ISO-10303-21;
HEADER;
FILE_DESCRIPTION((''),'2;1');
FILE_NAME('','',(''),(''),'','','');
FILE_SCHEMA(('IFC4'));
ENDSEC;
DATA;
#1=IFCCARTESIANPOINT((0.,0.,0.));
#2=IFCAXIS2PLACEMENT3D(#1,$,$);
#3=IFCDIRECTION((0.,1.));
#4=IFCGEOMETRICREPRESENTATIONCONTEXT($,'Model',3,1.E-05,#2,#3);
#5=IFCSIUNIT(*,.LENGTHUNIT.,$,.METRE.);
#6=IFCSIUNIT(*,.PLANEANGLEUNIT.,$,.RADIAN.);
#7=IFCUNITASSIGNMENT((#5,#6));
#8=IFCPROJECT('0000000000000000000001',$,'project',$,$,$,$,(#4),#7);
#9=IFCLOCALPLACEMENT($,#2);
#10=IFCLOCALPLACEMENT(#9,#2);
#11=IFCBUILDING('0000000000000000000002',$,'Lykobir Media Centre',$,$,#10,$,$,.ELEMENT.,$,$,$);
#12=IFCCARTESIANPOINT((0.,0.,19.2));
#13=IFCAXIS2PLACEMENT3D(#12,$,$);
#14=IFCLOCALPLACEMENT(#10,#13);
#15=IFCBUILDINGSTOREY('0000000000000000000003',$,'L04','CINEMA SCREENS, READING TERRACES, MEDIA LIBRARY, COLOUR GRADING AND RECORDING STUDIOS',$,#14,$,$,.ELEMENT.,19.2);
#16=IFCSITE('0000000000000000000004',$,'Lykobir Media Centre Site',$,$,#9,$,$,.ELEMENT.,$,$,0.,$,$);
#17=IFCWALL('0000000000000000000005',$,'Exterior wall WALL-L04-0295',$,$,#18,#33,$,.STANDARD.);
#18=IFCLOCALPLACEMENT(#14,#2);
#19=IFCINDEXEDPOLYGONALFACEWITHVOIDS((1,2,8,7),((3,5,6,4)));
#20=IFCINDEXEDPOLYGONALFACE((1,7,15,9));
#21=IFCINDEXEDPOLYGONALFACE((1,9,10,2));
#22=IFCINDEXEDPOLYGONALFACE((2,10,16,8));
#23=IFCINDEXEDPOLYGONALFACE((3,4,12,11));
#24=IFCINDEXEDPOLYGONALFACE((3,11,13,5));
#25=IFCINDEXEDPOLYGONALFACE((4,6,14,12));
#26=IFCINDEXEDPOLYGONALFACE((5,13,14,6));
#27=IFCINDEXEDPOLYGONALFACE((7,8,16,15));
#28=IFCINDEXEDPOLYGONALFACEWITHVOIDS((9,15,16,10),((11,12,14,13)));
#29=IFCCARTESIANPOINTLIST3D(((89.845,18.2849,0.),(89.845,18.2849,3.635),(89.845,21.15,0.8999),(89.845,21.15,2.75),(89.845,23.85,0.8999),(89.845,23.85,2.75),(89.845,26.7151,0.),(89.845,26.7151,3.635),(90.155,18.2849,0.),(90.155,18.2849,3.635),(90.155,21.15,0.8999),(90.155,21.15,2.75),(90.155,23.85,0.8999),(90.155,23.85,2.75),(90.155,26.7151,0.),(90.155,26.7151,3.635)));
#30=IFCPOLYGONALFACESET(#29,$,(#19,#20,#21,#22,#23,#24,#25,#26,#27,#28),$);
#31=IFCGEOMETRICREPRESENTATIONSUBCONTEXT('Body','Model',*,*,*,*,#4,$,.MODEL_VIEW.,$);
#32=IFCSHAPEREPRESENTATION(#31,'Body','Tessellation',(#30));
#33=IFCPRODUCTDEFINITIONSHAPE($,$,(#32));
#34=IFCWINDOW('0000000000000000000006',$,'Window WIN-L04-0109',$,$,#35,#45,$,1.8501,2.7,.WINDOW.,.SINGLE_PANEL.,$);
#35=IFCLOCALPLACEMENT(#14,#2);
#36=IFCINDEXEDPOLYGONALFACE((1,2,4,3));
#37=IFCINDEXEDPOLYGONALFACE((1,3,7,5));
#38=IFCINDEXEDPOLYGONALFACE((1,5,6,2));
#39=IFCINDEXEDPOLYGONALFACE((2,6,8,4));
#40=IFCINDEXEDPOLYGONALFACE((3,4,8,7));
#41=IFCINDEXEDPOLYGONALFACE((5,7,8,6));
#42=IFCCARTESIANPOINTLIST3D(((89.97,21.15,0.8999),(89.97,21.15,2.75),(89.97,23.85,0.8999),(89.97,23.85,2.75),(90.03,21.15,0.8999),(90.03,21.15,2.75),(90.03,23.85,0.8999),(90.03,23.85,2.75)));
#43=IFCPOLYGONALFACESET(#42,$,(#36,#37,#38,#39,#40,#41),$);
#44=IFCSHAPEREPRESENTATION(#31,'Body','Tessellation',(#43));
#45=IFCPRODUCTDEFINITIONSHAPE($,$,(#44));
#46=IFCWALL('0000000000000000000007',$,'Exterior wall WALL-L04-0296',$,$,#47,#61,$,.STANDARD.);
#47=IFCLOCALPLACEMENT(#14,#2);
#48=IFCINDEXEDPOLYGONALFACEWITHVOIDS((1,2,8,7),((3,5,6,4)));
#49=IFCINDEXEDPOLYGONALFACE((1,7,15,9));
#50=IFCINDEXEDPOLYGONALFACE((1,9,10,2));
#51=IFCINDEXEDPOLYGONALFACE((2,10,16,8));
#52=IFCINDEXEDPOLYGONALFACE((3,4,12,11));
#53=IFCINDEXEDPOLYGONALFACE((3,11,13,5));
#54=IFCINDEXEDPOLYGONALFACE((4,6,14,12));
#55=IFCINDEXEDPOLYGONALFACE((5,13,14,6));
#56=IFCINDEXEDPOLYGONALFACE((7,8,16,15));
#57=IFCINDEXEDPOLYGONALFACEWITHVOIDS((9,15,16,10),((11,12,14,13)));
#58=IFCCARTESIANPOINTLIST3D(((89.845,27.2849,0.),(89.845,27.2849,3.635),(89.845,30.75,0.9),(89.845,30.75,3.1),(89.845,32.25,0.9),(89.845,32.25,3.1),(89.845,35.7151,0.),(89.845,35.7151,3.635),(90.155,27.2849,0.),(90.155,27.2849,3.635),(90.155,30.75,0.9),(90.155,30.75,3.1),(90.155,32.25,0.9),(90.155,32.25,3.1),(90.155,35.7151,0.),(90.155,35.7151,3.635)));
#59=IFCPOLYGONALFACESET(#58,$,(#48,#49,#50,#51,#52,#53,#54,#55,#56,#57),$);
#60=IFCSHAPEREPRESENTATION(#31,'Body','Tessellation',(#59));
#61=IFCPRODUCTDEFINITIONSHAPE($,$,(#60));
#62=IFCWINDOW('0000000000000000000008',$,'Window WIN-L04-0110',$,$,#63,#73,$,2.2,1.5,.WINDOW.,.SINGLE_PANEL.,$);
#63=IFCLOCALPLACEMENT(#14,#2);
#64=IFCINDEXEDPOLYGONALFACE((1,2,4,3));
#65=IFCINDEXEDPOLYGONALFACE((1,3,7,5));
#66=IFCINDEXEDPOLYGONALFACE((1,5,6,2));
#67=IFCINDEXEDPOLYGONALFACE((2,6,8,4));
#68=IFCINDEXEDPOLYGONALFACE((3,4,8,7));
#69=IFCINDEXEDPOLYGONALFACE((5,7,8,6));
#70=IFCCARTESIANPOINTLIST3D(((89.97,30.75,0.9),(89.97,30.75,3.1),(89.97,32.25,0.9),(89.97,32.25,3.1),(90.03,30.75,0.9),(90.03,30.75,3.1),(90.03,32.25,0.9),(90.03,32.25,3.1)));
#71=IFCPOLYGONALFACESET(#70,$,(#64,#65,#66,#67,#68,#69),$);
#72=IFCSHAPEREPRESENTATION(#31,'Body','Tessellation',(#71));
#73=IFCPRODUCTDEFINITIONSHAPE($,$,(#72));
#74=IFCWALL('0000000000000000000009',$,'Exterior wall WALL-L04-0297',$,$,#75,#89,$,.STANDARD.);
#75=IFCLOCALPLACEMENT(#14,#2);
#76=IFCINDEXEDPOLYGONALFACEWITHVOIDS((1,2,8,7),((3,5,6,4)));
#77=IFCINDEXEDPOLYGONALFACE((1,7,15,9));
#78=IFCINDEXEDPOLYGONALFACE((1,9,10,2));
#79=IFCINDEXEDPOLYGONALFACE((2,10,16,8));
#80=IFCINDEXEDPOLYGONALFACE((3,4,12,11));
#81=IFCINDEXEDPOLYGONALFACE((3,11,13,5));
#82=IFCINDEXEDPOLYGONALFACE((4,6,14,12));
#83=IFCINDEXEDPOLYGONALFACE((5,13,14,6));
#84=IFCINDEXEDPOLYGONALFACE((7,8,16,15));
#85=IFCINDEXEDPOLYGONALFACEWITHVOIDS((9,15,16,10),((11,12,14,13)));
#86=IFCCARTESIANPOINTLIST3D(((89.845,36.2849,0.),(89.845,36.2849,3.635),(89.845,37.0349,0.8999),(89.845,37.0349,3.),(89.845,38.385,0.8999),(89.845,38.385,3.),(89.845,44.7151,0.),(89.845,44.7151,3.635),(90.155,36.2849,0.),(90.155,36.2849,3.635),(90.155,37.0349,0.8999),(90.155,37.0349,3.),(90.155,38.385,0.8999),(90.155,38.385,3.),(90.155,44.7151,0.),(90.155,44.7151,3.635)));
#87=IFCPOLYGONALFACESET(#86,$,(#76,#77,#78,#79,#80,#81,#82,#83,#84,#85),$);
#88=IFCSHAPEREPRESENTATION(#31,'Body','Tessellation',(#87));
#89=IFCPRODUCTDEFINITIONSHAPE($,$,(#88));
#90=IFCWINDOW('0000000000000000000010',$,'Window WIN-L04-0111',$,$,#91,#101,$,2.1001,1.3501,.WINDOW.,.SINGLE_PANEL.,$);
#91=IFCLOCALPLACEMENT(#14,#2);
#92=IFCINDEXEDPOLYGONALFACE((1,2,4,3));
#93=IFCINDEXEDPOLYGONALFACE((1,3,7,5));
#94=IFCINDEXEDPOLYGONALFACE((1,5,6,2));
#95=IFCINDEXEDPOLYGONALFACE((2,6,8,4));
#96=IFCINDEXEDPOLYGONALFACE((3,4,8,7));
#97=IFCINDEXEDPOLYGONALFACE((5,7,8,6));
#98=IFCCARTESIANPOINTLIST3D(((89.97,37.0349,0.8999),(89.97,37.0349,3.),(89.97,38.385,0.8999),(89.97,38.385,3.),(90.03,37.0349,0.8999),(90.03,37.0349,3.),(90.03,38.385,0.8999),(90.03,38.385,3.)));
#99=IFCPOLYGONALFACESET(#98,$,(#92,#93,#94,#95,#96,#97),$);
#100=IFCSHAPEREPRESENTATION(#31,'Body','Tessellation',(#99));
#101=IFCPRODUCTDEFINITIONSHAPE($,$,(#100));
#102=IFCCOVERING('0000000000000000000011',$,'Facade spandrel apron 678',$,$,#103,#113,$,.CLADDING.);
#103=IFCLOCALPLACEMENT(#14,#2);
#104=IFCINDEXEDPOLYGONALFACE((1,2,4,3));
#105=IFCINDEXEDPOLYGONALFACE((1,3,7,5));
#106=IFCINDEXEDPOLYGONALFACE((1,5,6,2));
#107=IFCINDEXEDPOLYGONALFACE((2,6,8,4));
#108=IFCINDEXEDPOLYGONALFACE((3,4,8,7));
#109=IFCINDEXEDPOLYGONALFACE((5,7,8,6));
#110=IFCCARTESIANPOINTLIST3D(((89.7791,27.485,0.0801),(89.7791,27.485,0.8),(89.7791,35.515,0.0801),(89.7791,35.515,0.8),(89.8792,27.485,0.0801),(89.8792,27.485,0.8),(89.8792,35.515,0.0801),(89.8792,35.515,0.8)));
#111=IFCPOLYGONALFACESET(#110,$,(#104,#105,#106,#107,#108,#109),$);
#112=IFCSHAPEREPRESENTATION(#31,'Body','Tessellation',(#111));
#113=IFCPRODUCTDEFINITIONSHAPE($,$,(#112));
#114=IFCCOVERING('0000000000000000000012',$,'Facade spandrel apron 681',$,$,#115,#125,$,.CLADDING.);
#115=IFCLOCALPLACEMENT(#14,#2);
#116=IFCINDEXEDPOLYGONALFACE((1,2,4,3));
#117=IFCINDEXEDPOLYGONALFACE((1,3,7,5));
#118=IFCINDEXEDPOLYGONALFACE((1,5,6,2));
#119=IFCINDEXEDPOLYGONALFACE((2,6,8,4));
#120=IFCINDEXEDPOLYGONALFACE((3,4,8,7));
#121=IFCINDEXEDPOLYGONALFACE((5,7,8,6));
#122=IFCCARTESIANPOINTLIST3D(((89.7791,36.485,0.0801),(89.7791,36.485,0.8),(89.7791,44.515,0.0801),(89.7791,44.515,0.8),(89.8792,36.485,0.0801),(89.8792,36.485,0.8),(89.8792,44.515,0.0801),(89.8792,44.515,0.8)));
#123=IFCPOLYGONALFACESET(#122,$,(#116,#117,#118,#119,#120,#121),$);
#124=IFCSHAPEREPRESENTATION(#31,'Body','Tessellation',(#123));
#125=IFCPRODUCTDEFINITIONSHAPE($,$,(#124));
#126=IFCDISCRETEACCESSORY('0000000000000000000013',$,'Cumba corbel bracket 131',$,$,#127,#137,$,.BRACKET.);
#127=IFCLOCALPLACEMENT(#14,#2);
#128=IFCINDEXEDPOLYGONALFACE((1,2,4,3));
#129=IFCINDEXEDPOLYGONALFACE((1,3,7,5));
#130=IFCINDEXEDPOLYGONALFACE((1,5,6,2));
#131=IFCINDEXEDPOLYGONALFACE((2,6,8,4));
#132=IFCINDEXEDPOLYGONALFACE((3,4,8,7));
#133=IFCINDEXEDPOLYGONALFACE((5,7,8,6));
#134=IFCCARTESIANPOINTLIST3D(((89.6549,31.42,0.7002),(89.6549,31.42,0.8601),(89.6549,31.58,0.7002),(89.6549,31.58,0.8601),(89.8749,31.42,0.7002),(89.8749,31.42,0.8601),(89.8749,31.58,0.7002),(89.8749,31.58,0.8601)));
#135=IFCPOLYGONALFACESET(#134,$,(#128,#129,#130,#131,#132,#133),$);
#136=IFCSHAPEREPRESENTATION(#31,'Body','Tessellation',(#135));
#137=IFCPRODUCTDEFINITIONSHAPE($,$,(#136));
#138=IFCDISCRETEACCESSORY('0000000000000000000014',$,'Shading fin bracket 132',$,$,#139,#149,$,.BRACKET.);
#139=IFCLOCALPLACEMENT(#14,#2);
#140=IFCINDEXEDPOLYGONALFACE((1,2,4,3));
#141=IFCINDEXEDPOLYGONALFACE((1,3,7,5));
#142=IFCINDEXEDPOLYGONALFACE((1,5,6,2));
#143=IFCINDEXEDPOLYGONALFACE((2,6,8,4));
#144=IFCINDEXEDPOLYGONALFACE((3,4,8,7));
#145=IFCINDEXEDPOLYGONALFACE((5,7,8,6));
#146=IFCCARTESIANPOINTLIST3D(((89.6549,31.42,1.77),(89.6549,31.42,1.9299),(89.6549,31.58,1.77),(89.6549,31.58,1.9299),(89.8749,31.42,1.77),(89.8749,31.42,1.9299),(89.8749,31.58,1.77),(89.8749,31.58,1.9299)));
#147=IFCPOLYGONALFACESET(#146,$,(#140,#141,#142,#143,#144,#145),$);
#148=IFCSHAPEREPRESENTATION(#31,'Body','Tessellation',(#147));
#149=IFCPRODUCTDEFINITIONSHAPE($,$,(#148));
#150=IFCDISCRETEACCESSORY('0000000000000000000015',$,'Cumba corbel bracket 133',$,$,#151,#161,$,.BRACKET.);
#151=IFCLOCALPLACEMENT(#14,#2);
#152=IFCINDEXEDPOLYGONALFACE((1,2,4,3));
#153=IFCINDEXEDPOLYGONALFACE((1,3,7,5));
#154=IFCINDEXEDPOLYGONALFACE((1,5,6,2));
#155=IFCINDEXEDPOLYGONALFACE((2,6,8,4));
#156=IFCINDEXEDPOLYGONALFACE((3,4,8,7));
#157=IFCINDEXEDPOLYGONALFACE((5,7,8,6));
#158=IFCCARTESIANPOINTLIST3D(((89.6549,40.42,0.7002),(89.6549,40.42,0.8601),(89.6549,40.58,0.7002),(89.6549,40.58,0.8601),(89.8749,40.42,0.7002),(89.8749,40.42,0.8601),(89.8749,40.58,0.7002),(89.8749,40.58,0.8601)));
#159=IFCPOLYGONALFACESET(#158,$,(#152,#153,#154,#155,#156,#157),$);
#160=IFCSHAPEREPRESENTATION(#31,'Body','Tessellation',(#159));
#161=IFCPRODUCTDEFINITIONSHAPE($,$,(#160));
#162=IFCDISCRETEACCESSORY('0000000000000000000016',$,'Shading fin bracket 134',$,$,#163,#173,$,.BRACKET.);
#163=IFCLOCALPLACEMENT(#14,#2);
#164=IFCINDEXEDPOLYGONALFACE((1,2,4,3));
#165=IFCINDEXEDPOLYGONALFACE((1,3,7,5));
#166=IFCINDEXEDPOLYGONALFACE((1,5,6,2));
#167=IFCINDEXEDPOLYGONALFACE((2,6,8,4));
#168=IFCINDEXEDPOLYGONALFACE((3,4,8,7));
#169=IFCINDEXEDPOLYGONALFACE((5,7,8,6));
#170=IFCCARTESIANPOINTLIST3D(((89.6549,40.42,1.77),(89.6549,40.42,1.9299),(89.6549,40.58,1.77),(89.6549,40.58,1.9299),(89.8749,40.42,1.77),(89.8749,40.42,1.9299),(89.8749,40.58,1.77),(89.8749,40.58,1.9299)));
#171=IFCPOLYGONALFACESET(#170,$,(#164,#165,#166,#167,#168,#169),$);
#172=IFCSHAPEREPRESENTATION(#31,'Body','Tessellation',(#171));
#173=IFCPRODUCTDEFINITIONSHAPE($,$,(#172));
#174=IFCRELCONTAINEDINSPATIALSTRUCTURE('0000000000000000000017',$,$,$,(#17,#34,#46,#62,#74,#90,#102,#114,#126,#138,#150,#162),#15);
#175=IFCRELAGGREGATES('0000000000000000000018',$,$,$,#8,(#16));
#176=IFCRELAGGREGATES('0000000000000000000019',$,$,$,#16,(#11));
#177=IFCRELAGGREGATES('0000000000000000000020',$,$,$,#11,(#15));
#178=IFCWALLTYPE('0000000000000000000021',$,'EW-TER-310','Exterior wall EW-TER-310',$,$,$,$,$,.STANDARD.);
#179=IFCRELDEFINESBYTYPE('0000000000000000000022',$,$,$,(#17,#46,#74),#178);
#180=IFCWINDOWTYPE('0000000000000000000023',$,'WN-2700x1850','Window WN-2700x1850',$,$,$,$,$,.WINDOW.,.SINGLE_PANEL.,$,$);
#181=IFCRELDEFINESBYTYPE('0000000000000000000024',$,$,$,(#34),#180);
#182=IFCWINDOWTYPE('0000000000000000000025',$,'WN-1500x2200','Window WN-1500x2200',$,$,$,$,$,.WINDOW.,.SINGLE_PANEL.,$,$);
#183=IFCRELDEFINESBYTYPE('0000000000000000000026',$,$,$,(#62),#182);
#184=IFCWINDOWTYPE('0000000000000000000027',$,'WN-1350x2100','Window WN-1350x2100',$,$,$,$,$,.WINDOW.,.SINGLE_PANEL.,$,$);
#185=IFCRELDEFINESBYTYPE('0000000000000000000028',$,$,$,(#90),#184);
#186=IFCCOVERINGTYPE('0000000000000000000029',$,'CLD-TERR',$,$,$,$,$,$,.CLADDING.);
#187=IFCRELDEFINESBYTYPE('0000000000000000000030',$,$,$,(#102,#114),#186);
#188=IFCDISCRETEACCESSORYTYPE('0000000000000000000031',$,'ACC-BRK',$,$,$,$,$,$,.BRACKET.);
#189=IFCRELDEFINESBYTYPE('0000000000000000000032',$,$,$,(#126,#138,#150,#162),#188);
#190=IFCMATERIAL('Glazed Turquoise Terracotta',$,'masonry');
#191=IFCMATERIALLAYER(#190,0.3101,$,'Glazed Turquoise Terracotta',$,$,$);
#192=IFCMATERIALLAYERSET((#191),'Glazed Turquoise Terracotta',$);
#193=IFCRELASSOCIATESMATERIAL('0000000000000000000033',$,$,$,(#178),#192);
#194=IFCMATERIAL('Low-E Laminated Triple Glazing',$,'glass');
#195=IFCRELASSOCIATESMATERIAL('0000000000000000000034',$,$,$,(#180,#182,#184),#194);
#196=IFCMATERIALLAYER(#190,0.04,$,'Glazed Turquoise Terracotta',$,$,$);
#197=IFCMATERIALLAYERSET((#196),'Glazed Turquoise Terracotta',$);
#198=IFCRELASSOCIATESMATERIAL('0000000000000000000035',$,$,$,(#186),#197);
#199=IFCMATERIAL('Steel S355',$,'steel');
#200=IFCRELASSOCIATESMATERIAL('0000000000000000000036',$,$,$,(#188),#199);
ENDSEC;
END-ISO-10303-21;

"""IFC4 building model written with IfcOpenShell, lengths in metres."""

from ifc_helpers import new_model, si_unit, direction, frame, frame_2d, origin, origin_2d, place, context, subcontext, project, spatial, rectangle, extrude, material, layer, layer_set, type_object, element, fill, save


model = new_model("IFC4")

# Units and contexts
model_context = context("Model", 3, precision=1e-05, world=origin(), true_north=direction((0.0, 1.0)))
body_context = subcontext(model_context, "Body", "Model", "MODEL_VIEW")
ifc_project = project(units=[si_unit("LENGTHUNIT", "METRE"), si_unit("PLANEANGLEUNIT", "RADIAN")], contexts=[model_context])

# Site, building, storey
site_placement = place(None, origin())
site = spatial("IfcSite", under=ifc_project, at=site_placement, Name="Lykobir Media Centre Site", CompositionType="ELEMENT", RefElevation=0.0)
building_placement = place(site_placement, origin())
building = spatial("IfcBuilding", under=site, at=building_placement, Name="Lykobir Media Centre", CompositionType="ELEMENT")
storey_placement = place(building_placement, frame((0.0, 0.0, 19.2)))
storey = spatial("IfcBuildingStorey", under=building, at=storey_placement, Name="L04", Description="CINEMA SCREENS, READING TERRACES, MEDIA LIBRARY, COLOUR GRADING AND RECORDING STUDIOS", CompositionType="ELEMENT", Elevation=19.2)

# Shared definitions
ifc_material_1 = material(Name="Steel S355", Category="steel")

# Walls, openings, windows
ifc_material_2 = material(Name="Glazed Turquoise Terracotta", Category="masonry")
ifc_layer_1 = layer(ifc_material_2, 0.3101, Name="Glazed Turquoise Terracotta")
ifc_layer_set_1 = layer_set([ifc_layer_1], Name="Glazed Turquoise Terracotta")
wall_type = type_object("IfcWallType", Name="EW-TER-310", Description="Exterior wall EW-TER-310", PredefinedType="STANDARD", material=ifc_layer_set_1)
wall_1_placement = place(storey_placement, frame((90.0, 26.7151, 0.0), z_axis=(0.0, 0.0, 1.0), x_axis=(0.0, -1.0, 0.0)))
wall_1 = element("IfcWall", 1, at=wall_1_placement, inside=storey, type_object=wall_type, Name="Exterior wall WALL-L04-0295", PredefinedType="STANDARD", context=body_context, shape_type="SweptSolid", body=[
    extrude(rectangle(XDim=8.4302, YDim=0.3101, at=frame_2d((4.2151, 0.0))), origin(), (0.0, 0.0, 1.0), 3.635),
])
opening_1_placement = place(wall_1_placement, frame((2.865, 0.0, 0.8999)))
opening_1 = element("IfcOpeningElement", 2, at=opening_1_placement, cuts=wall_1, PredefinedType="OPENING", context=body_context, shape_type="SweptSolid", body=[
    extrude(rectangle(XDim=2.7, YDim=1.8501, at=frame_2d((1.3501, 0.925))), frame((0.0, 0.165, 0.0), z_axis=(0.0, -1.0, 0.0), x_axis=(1.0, 0.0, 0.0)), (0.0, 0.0, 1.0), 0.3301),
])
ifc_material_3 = material(Name="Low-E Laminated Triple Glazing", Category="glass")
window_type_1 = type_object("IfcWindowType", Name="WN-2700x1850", Description="Window WN-2700x1850", PartitioningType="SINGLE_PANEL", PredefinedType="WINDOW", material=ifc_material_3)
window_1_placement = place(opening_1_placement, origin())
window_1 = element("IfcWindow", 3, at=window_1_placement, inside=storey, type_object=window_type_1, Name="Window WIN-L04-0109", OverallHeight=1.8501, OverallWidth=2.7, PartitioningType="SINGLE_PANEL", PredefinedType="WINDOW", context=body_context, shape_type="SweptSolid", body=[
    extrude(rectangle(XDim=2.7, YDim=1.8501, at=frame_2d((1.3501, 0.925))), frame((0.0, 0.03, 0.0), z_axis=(0.0, -1.0, 0.0), x_axis=(1.0, 0.0, 0.0)), (0.0, 0.0, 1.0), 0.0601),
])
fill(opening_1, window_1)
wall_2_placement = place(storey_placement, frame((90.0, 35.7151, 0.0), z_axis=(0.0, 0.0, 1.0), x_axis=(0.0, -1.0, 0.0)))
wall_2 = element("IfcWall", 4, at=wall_2_placement, inside=storey, type_object=wall_type, Name="Exterior wall WALL-L04-0296", PredefinedType="STANDARD", context=body_context, shape_type="SweptSolid", body=[
    extrude(rectangle(XDim=8.4302, YDim=0.3101, at=frame_2d((4.2151, 0.0))), origin(), (0.0, 0.0, 1.0), 3.635),
])
opening_2_placement = place(wall_2_placement, frame((3.4651, 0.0, 0.8999)))
opening_2 = element("IfcOpeningElement", 5, at=opening_2_placement, cuts=wall_2, PredefinedType="OPENING", context=body_context, shape_type="SweptSolid", body=[
    extrude(rectangle(XDim=1.5, YDim=2.2, at=frame_2d((0.75, 1.1001))), frame((0.0, 0.165, 0.0), z_axis=(0.0, -1.0, 0.0), x_axis=(1.0, 0.0, 0.0)), (0.0, 0.0, 1.0), 0.3301),
])
window_type_2 = type_object("IfcWindowType", Name="WN-1500x2200", Description="Window WN-1500x2200", PartitioningType="SINGLE_PANEL", PredefinedType="WINDOW", material=ifc_material_3)
window_2_placement = place(opening_2_placement, origin())
window_2 = element("IfcWindow", 6, at=window_2_placement, inside=storey, type_object=window_type_2, Name="Window WIN-L04-0110", OverallHeight=2.2, OverallWidth=1.5, PartitioningType="SINGLE_PANEL", PredefinedType="WINDOW", context=body_context, shape_type="SweptSolid", body=[
    extrude(rectangle(XDim=1.5, YDim=2.2, at=frame_2d((0.75, 1.1001))), frame((0.0, 0.03, 0.0), z_axis=(0.0, -1.0, 0.0), x_axis=(1.0, 0.0, 0.0)), (0.0, 0.0, 1.0), 0.0601),
])
fill(opening_2, window_2)
wall_3_placement = place(storey_placement, frame((90.0, 44.7151, 0.0), z_axis=(0.0, 0.0, 1.0), x_axis=(0.0, -1.0, 0.0)))
wall_3 = element("IfcWall", 7, at=wall_3_placement, inside=storey, type_object=wall_type, Name="Exterior wall WALL-L04-0297", PredefinedType="STANDARD", context=body_context, shape_type="SweptSolid", body=[
    extrude(rectangle(XDim=8.4302, YDim=0.3101, at=frame_2d((4.2151, 0.0))), origin(), (0.0, 0.0, 1.0), 3.635),
])
opening_3_placement = place(wall_3_placement, frame((6.3301, 0.0, 0.8999)))
opening_3 = element("IfcOpeningElement", 8, at=opening_3_placement, cuts=wall_3, PredefinedType="OPENING", context=body_context, shape_type="SweptSolid", body=[
    extrude(rectangle(XDim=1.3501, YDim=2.1001, at=frame_2d((0.675, 1.05))), frame((0.0, 0.165, 0.0), z_axis=(0.0, -1.0, 0.0), x_axis=(1.0, 0.0, 0.0)), (0.0, 0.0, 1.0), 0.3301),
])
window_type_3 = type_object("IfcWindowType", Name="WN-1350x2100", Description="Window WN-1350x2100", PartitioningType="SINGLE_PANEL", PredefinedType="WINDOW", material=ifc_material_3)
window_3_placement = place(opening_3_placement, origin())
window_3 = element("IfcWindow", 9, at=window_3_placement, inside=storey, type_object=window_type_3, Name="Window WIN-L04-0111", OverallHeight=2.1001, OverallWidth=1.3501, PartitioningType="SINGLE_PANEL", PredefinedType="WINDOW", context=body_context, shape_type="SweptSolid", body=[
    extrude(rectangle(XDim=1.3501, YDim=2.1001, at=frame_2d((0.675, 1.05))), frame((0.0, 0.03, 0.0), z_axis=(0.0, -1.0, 0.0), x_axis=(1.0, 0.0, 0.0)), (0.0, 0.0, 1.0), 0.0601),
])
fill(opening_3, window_3)

# Coverings
ifc_layer_2 = layer(ifc_material_2, 0.04, Name="Glazed Turquoise Terracotta")
ifc_layer_set_2 = layer_set([ifc_layer_2], Name="Glazed Turquoise Terracotta")
covering_type = type_object("IfcCoveringType", Name="CLD-TERR", PredefinedType="CLADDING", material=ifc_layer_set_2)
for number, where, z_axis, x_axis, name in (
    (10, (89.8291, 31.5, 0.0801), (0.0, 0.0, 1.0), (0.0, -1.0, 0.0), "Facade spandrel apron 678"),
    (11, (89.8291, 40.5, 0.0801), (0.0, 0.0, 1.0), (0.0, -1.0, 0.0), "Facade spandrel apron 681"),
):
    element("IfcCovering", number, at=place(storey_placement, frame(where, z_axis=z_axis, x_axis=x_axis)), inside=storey, type_object=covering_type, Name=name, PredefinedType="CLADDING", context=body_context, shape_type="SweptSolid", body=[
        extrude(rectangle(XDim=8.03, YDim=0.1001, at=origin_2d()), origin(), (0.0, 0.0, 1.0), 0.72),
    ])

# Discrete accessories
discrete_accessory_type = type_object("IfcDiscreteAccessoryType", Name="ACC-BRK", PredefinedType="BRACKET", material=ifc_material_1)
for number, where, z_axis, x_axis, name in (
    (12, (89.7649, 31.5, 0.7002), (0.0, 0.0, 1.0), (0.0, -1.0, 0.0), "Cumba corbel bracket 131"),
    (13, (89.7649, 31.5, 1.77), (0.0, 0.0, 1.0), (0.0, -1.0, 0.0), "Shading fin bracket 132"),
    (14, (89.7649, 40.5, 0.7002), (0.0, 0.0, 1.0), (0.0, -1.0, 0.0), "Cumba corbel bracket 133"),
    (15, (89.7649, 40.5, 1.77), (0.0, 0.0, 1.0), (0.0, -1.0, 0.0), "Shading fin bracket 134"),
):
    element("IfcDiscreteAccessory", number, at=place(storey_placement, frame(where, z_axis=z_axis, x_axis=x_axis)), inside=storey, type_object=discrete_accessory_type, Name=name, PredefinedType="BRACKET", context=body_context, shape_type="SweptSolid", body=[
        extrude(rectangle(XDim=0.1599, YDim=0.22, at=origin_2d()), origin(), (0.0, 0.0, 1.0), 0.1599),
    ])

save(model, "model.ifc")
